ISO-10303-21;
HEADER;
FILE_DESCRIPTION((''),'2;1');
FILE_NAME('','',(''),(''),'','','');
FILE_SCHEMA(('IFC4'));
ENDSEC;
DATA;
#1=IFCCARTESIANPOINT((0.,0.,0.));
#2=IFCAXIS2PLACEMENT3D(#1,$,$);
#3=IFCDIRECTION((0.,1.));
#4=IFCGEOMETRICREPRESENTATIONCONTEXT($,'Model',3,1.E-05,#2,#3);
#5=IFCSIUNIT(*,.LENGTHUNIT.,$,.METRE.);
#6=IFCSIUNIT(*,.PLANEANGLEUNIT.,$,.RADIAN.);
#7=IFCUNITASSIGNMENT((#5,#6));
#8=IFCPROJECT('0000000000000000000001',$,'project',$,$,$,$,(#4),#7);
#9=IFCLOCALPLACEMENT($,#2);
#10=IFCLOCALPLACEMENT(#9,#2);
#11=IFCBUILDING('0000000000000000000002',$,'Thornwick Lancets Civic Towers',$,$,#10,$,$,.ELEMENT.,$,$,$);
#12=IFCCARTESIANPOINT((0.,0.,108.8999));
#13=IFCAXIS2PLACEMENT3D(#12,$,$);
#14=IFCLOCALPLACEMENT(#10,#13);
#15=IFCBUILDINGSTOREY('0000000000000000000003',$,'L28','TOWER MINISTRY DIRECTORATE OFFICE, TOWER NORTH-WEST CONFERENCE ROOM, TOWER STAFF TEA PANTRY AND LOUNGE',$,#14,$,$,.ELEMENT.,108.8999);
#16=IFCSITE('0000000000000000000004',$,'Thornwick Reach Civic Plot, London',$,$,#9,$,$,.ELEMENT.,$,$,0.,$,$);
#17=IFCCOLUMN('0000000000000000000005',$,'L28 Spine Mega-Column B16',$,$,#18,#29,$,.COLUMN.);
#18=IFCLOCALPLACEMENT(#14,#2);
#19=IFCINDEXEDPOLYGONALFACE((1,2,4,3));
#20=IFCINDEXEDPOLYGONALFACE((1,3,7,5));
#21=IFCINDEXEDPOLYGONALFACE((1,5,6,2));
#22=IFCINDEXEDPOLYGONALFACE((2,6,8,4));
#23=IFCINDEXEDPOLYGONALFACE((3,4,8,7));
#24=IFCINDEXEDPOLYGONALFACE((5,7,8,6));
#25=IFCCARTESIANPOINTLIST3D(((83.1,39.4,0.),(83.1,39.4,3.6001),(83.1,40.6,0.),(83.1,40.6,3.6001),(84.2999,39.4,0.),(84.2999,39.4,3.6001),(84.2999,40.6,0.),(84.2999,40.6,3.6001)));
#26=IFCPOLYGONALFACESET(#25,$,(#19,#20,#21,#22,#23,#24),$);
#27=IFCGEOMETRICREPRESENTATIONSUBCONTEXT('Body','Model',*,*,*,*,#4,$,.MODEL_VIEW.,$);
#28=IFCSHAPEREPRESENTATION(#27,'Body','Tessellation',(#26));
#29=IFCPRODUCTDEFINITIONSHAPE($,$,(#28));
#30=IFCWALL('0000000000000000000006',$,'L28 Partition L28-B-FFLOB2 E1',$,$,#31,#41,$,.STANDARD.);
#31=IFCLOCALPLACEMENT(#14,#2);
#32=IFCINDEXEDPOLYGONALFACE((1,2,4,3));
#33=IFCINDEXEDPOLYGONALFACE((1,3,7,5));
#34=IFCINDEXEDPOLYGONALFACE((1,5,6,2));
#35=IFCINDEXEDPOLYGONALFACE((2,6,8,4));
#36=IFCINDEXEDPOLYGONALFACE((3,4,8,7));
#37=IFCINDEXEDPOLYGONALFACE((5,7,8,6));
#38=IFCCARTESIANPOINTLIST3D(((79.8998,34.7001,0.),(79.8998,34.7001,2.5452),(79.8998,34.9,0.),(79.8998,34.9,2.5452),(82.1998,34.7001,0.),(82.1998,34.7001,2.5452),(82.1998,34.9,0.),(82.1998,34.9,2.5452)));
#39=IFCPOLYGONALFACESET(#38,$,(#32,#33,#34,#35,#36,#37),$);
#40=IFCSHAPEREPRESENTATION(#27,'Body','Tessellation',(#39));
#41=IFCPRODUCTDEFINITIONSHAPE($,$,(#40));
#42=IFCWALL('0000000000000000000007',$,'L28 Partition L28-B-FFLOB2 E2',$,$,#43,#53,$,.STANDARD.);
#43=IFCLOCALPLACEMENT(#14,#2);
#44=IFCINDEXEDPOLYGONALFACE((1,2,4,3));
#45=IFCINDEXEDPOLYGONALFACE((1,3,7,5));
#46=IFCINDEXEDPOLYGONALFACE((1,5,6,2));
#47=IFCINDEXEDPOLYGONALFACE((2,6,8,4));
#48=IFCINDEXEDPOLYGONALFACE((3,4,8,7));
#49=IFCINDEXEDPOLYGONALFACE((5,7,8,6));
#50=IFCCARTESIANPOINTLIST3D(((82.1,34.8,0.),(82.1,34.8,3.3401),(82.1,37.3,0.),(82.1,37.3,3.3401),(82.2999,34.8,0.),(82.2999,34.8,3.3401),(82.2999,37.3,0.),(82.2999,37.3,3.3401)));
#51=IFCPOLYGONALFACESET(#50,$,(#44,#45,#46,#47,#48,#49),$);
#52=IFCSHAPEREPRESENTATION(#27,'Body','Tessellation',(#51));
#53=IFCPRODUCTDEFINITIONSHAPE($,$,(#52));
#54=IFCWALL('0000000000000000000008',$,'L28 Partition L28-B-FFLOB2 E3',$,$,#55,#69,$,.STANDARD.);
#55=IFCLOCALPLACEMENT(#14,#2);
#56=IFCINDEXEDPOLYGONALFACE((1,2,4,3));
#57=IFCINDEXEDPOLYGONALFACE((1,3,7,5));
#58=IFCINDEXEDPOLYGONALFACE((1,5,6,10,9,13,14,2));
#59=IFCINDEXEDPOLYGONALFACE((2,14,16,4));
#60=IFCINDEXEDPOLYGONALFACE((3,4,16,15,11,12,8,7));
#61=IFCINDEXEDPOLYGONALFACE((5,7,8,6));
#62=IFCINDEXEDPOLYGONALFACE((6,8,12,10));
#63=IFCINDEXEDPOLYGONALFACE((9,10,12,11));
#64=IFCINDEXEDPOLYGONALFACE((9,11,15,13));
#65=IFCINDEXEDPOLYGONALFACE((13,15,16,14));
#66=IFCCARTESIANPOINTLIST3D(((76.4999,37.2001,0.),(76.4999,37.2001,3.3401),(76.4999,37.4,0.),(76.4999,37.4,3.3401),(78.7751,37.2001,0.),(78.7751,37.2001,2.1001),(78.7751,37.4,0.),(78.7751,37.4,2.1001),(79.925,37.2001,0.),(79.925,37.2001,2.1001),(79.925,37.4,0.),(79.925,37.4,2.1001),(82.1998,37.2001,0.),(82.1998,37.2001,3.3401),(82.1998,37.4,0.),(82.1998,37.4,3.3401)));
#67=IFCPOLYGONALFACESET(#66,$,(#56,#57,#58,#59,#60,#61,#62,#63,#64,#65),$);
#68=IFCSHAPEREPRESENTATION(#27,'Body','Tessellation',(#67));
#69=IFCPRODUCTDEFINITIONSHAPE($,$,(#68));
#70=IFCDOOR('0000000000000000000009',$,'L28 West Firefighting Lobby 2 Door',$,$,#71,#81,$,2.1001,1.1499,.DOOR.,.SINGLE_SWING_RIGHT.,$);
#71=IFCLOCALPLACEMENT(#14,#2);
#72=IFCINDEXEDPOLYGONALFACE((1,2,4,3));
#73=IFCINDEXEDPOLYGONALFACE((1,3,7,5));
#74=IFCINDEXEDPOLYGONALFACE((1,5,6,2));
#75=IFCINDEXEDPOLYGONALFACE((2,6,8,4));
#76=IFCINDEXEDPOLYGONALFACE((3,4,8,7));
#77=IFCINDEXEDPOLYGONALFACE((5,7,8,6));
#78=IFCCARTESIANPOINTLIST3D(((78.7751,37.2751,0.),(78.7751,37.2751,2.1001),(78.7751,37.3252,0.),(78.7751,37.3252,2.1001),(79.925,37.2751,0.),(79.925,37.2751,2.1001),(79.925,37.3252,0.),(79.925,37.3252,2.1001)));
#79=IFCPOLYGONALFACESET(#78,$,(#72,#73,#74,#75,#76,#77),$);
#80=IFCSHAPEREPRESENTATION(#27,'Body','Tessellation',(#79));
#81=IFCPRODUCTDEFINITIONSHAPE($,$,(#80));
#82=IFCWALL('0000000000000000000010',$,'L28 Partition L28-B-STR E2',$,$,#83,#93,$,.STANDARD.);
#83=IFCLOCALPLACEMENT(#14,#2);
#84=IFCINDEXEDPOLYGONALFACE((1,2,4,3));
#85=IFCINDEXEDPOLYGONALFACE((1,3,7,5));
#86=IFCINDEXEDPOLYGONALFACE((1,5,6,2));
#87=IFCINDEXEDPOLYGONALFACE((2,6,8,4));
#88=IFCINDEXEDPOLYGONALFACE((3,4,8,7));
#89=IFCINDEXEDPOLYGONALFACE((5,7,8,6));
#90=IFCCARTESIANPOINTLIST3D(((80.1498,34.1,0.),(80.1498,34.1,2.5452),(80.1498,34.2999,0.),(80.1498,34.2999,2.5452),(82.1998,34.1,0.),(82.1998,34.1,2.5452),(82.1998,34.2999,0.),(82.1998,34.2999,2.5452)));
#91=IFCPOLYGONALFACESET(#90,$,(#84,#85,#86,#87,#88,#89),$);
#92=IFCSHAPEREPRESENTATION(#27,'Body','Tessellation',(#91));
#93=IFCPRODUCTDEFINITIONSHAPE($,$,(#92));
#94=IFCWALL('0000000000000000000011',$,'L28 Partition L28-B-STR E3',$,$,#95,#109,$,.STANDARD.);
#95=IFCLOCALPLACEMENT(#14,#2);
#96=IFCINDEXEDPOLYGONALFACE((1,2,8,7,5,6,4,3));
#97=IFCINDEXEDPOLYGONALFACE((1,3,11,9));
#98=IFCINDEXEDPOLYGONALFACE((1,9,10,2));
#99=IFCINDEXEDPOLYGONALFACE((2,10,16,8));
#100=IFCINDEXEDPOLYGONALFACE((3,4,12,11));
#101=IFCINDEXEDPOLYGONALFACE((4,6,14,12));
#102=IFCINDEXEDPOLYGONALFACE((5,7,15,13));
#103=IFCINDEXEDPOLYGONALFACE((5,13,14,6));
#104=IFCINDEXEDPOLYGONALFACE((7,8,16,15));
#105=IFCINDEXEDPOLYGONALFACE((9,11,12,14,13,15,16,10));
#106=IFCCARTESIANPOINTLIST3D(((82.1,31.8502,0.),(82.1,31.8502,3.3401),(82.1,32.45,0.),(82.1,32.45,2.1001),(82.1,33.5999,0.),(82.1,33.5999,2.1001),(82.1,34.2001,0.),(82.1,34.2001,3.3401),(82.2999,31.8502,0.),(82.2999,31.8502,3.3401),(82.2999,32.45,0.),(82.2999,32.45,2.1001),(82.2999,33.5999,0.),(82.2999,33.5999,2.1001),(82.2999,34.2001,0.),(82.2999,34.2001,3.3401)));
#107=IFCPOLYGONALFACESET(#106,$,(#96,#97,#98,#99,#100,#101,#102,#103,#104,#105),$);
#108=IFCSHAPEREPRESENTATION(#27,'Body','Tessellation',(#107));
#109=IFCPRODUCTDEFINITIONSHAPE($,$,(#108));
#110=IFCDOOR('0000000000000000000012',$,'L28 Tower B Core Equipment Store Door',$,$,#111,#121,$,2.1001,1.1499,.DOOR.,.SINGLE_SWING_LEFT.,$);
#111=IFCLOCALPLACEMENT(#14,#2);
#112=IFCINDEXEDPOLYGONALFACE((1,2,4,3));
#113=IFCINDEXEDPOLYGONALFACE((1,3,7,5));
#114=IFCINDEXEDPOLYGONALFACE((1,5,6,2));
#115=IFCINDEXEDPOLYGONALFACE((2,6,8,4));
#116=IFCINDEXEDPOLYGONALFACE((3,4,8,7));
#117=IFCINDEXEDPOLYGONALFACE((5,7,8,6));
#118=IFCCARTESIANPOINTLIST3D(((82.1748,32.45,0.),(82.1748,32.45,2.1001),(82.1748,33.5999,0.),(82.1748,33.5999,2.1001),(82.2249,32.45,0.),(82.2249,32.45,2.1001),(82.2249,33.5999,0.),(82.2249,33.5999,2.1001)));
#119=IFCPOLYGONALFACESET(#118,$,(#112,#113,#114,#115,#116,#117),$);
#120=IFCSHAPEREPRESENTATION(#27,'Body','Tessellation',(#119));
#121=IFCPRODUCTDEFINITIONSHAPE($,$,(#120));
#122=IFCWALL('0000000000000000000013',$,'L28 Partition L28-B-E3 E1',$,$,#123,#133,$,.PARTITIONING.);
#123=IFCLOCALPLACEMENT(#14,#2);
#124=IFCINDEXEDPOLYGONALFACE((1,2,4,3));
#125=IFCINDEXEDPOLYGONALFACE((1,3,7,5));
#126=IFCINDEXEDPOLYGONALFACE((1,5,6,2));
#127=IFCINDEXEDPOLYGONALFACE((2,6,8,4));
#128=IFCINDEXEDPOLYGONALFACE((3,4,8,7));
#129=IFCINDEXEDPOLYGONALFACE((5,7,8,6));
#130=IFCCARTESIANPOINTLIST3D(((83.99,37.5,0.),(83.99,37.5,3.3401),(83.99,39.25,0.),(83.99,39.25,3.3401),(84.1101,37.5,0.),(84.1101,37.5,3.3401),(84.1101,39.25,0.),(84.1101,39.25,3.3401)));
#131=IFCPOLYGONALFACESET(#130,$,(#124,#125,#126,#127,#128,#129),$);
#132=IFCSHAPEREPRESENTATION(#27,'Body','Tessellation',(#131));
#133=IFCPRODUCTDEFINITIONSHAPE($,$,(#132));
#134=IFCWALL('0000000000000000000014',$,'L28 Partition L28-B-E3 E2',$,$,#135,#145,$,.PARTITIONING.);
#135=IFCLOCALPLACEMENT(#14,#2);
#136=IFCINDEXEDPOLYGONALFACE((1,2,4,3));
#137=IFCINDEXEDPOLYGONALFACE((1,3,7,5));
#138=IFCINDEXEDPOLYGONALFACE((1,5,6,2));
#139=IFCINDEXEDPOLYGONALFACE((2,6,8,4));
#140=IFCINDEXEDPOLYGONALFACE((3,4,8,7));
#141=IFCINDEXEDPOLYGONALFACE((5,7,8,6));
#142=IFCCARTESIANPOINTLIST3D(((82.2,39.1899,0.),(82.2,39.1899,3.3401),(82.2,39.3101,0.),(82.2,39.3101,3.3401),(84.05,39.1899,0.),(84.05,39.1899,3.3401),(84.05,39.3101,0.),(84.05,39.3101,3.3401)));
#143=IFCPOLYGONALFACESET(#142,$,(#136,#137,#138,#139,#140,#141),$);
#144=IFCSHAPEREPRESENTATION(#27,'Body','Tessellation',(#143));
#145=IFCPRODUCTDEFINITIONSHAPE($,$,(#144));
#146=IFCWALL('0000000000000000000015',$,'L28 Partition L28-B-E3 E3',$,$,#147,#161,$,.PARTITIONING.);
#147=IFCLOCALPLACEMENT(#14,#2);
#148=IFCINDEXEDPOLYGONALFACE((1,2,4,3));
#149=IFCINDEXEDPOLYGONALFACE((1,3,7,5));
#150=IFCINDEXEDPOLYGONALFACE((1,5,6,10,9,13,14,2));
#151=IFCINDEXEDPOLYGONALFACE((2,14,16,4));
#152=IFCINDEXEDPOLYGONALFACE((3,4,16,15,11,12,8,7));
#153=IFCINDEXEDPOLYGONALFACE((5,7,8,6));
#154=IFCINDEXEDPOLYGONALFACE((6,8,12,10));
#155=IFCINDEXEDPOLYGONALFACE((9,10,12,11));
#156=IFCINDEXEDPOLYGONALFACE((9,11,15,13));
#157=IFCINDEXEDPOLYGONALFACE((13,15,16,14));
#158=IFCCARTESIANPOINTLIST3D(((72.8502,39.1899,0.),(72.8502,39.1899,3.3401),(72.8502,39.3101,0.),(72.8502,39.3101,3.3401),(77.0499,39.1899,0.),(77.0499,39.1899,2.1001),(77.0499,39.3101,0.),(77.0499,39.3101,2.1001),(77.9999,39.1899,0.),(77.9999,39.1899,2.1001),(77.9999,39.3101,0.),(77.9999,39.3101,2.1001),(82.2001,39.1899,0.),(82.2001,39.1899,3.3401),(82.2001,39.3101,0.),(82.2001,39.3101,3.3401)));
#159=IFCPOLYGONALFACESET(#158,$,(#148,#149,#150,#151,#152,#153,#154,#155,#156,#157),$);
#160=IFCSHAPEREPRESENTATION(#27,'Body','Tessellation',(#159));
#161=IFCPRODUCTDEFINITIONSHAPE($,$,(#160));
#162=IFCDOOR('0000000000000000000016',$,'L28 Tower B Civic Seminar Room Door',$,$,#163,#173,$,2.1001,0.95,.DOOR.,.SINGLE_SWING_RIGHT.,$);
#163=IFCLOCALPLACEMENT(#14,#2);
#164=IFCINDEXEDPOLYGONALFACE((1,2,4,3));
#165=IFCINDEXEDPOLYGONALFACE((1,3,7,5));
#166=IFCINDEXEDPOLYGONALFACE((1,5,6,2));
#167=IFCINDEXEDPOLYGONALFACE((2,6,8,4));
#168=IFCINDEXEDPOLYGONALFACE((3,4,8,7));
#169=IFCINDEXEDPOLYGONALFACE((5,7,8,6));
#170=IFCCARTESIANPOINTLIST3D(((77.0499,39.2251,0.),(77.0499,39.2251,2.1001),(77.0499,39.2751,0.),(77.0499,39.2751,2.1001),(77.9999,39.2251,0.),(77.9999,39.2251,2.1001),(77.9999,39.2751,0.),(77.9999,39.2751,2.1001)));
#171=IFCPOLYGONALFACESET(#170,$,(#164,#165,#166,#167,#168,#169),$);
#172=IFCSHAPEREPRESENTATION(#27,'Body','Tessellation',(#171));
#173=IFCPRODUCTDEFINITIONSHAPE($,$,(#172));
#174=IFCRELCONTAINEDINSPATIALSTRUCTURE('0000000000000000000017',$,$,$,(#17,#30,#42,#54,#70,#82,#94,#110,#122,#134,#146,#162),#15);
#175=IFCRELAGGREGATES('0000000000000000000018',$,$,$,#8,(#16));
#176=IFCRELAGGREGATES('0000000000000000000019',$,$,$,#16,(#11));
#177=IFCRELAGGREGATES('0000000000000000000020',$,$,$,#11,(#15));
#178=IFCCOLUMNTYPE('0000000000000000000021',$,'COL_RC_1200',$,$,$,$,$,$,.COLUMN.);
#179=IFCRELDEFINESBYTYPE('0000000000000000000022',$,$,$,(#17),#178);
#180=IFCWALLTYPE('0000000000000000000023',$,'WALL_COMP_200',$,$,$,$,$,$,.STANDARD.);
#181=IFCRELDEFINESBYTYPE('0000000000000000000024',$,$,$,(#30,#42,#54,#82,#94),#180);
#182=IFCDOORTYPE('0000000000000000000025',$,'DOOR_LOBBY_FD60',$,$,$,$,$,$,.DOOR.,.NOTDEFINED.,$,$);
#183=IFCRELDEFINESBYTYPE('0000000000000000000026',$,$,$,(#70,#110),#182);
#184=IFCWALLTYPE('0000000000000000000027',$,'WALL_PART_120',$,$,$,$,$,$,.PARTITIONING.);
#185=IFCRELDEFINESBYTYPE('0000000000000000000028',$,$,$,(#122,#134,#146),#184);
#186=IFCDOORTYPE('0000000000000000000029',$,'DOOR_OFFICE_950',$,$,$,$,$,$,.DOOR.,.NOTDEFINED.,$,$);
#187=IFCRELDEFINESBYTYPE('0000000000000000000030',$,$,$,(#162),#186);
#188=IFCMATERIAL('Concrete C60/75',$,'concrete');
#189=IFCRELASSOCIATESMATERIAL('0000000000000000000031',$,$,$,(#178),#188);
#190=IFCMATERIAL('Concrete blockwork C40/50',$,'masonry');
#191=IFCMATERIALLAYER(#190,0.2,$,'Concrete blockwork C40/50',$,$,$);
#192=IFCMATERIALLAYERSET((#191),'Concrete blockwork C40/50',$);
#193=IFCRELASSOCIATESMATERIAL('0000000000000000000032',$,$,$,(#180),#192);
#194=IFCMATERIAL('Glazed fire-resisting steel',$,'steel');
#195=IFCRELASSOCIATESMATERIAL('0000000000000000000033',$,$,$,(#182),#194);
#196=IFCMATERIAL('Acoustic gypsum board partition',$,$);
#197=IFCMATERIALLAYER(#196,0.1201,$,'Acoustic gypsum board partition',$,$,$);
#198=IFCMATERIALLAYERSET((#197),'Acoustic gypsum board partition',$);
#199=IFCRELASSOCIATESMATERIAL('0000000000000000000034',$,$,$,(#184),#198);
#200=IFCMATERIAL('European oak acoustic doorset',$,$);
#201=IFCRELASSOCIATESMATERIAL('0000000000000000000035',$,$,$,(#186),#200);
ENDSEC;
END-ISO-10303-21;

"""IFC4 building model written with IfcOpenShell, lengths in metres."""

from ifc_helpers import new_model, si_unit, direction, frame, frame_2d, origin, origin_2d, place, context, subcontext, project, spatial, rectangle, extrude, material, layer, layer_set, material_profile, profile_set, type_object, element, fill, save


model = new_model("IFC4")

# Units and contexts
model_context = context("Model", 3, precision=1e-05, world=origin(), true_north=direction((0.0, 1.0)))
body_context = subcontext(model_context, "Body", "Model", "MODEL_VIEW")
ifc_project = project(units=[si_unit("LENGTHUNIT", "METRE"), si_unit("PLANEANGLEUNIT", "RADIAN")], contexts=[model_context])

# Site, building, storey
site_placement = place(None, origin())
site = spatial("IfcSite", under=ifc_project, at=site_placement, Name="Thornwick Reach Civic Plot, London", CompositionType="ELEMENT", RefElevation=0.0)
building_placement = place(site_placement, origin())
building = spatial("IfcBuilding", under=site, at=building_placement, Name="Thornwick Lancets Civic Towers", CompositionType="ELEMENT")
storey_placement = place(building_placement, frame((0.0, 0.0, 108.8999)))
storey = spatial("IfcBuildingStorey", under=building, at=storey_placement, Name="L28", Description="TOWER MINISTRY DIRECTORATE OFFICE, TOWER NORTH-WEST CONFERENCE ROOM, TOWER STAFF TEA PANTRY AND LOUNGE", CompositionType="ELEMENT", Elevation=108.8999)

# Column
ifc_material_1 = material(Name="Concrete C60/75", Category="concrete")
ifc_material_profile = material_profile(ifc_material_1, rectangle(XDim=1.2, YDim=1.2, at=origin_2d()), Name="RC 1200x1200")
ifc_profile_set = profile_set([ifc_material_profile], Name="Concrete C60/75")
column_type = type_object("IfcColumnType", Name="COL_RC_1200", PredefinedType="COLUMN", material=ifc_profile_set)
column_placement = place(storey_placement, frame((83.7, 40.0, 0.0), z_axis=(0.0, 0.0, 1.0), x_axis=(1.0, 0.0, 0.0)))
element("IfcColumn", 1, at=column_placement, inside=storey, type_object=column_type, Name="L28 Spine Mega-Column B16", PredefinedType="COLUMN", context=body_context, shape_type="SweptSolid", body=[
    extrude(rectangle(XDim=1.2, YDim=1.2, at=origin_2d()), origin(), (0.0, 0.0, 1.0), 3.6001),
])

# Walls
ifc_material_2 = material(Name="Concrete blockwork C40/50", Category="masonry")
ifc_layer_1 = layer(ifc_material_2, 0.2, Name="Concrete blockwork C40/50")
ifc_layer_set_1 = layer_set([ifc_layer_1], Name="Concrete blockwork C40/50")
wall_type_1 = type_object("IfcWallType", Name="WALL_COMP_200", PredefinedType="STANDARD", material=ifc_layer_set_1)
wall_1_placement = place(storey_placement, frame((79.8999, 34.8, 0.0), z_axis=(0.0, 0.0, 1.0), x_axis=(1.0, 0.0, 0.0)))
element("IfcWall", 2, at=wall_1_placement, inside=storey, type_object=wall_type_1, Name="L28 Partition L28-B-FFLOB2 E1", PredefinedType="STANDARD", context=body_context, shape_type="SweptSolid", body=[
    extrude(rectangle(XDim=2.3, YDim=0.2, at=frame_2d((1.1499, 0.0))), origin(), (0.0, 0.0, 1.0), 2.5452),
])
wall_2_placement = place(storey_placement, frame((82.2, 34.8, 0.0), z_axis=(0.0, 0.0, 1.0), x_axis=(0.0, 1.0, 0.0)))
element("IfcWall", 3, at=wall_2_placement, inside=storey, type_object=wall_type_1, Name="L28 Partition L28-B-FFLOB2 E2", PredefinedType="STANDARD", context=body_context, shape_type="SweptSolid", body=[
    extrude(rectangle(XDim=2.5, YDim=0.2, at=frame_2d((1.25, 0.0))), origin(), (0.0, 0.0, 1.0), 3.3401),
])

# Wall, opening, door
wall_3_placement = place(storey_placement, frame((82.2, 37.3, 0.0), z_axis=(0.0, 0.0, 1.0), x_axis=(-1.0, 0.0, 0.0)))
wall_3 = element("IfcWall", 4, at=wall_3_placement, inside=storey, type_object=wall_type_1, Name="L28 Partition L28-B-FFLOB2 E3", PredefinedType="STANDARD", context=body_context, shape_type="SweptSolid", body=[
    extrude(rectangle(XDim=5.7, YDim=0.2, at=frame_2d((2.8501, 0.0))), origin(), (0.0, 0.0, 1.0), 3.3401),
])
opening_1_placement = place(wall_3_placement, frame((2.2749, 0.0, 0.0)))
opening_1 = element("IfcOpeningElement", 5, at=opening_1_placement, cuts=wall_3, PredefinedType="OPENING", context=body_context, shape_type="SweptSolid", body=[
    extrude(rectangle(XDim=1.1499, YDim=2.1001, at=frame_2d((0.575, 1.05))), frame((0.0, 0.1099, 0.0), z_axis=(0.0, -1.0, 0.0), x_axis=(1.0, 0.0, 0.0)), (0.0, 0.0, 1.0), 0.22),
])
ifc_material_3 = material(Name="Glazed fire-resisting steel", Category="steel")
door_type_1 = type_object("IfcDoorType", Name="DOOR_LOBBY_FD60", OperationType="NOTDEFINED", PredefinedType="DOOR", material=ifc_material_3)
door_1_placement = place(opening_1_placement, origin())
door_1 = element("IfcDoor", 6, at=door_1_placement, inside=storey, type_object=door_type_1, Name="L28 West Firefighting Lobby 2 Door", OperationType="SINGLE_SWING_RIGHT", OverallHeight=2.1001, OverallWidth=1.1499, PredefinedType="DOOR", context=body_context, shape_type="SweptSolid", body=[
    extrude(rectangle(XDim=1.1499, YDim=2.1001, at=frame_2d((0.575, 1.05))), frame((0.0, 0.0249, 0.0), z_axis=(0.0, -1.0, 0.0), x_axis=(1.0, 0.0, 0.0)), (0.0, 0.0, 1.0), 0.05),
])
fill(opening_1, door_1)

# Wall
wall_4_placement = place(storey_placement, frame((80.1499, 34.2, 0.0), z_axis=(0.0, 0.0, 1.0), x_axis=(1.0, 0.0, 0.0)))
element("IfcWall", 7, at=wall_4_placement, inside=storey, type_object=wall_type_1, Name="L28 Partition L28-B-STR E2", PredefinedType="STANDARD", context=body_context, shape_type="SweptSolid", body=[
    extrude(rectangle(XDim=2.05, YDim=0.2, at=frame_2d((1.0249, 0.0))), origin(), (0.0, 0.0, 1.0), 2.5452),
])

# Wall, opening, door
wall_5_placement = place(storey_placement, frame((82.2, 34.2, 0.0), z_axis=(0.0, 0.0, 1.0), x_axis=(0.0, -1.0, 0.0)))
wall_5 = element("IfcWall", 8, at=wall_5_placement, inside=storey, type_object=wall_type_1, Name="L28 Partition L28-B-STR E3", PredefinedType="STANDARD", context=body_context, shape_type="SweptSolid", body=[
    extrude(rectangle(XDim=2.3499, YDim=0.2, at=frame_2d((1.1748, 0.0))), origin(), (0.0, 0.0, 1.0), 3.3401),
])
opening_2_placement = place(wall_5_placement, frame((0.6001, 0.0, 0.0)))
opening_2 = element("IfcOpeningElement", 9, at=opening_2_placement, cuts=wall_5, PredefinedType="OPENING", context=body_context, shape_type="SweptSolid", body=[
    extrude(rectangle(XDim=1.1499, YDim=2.1001, at=frame_2d((0.575, 1.05))), frame((0.0, 0.1099, 0.0), z_axis=(0.0, -1.0, 0.0), x_axis=(1.0, 0.0, 0.0)), (0.0, 0.0, 1.0), 0.22),
])
door_2_placement = place(opening_2_placement, origin())
door_2 = element("IfcDoor", 10, at=door_2_placement, inside=storey, type_object=door_type_1, Name="L28 Tower B Core Equipment Store Door", OperationType="SINGLE_SWING_LEFT", OverallHeight=2.1001, OverallWidth=1.1499, PredefinedType="DOOR", context=body_context, shape_type="SweptSolid", body=[
    extrude(rectangle(XDim=1.1499, YDim=2.1001, at=frame_2d((0.575, 1.05))), frame((0.0, 0.0249, 0.0), z_axis=(0.0, -1.0, 0.0), x_axis=(1.0, 0.0, 0.0)), (0.0, 0.0, 1.0), 0.05),
])
fill(opening_2, door_2)

# Walls
ifc_material_4 = material(Name="Acoustic gypsum board partition")
ifc_layer_2 = layer(ifc_material_4, 0.1201, Name="Acoustic gypsum board partition")
ifc_layer_set_2 = layer_set([ifc_layer_2], Name="Acoustic gypsum board partition")
wall_type_2 = type_object("IfcWallType", Name="WALL_PART_120", PredefinedType="PARTITIONING", material=ifc_layer_set_2)
wall_6_placement = place(storey_placement, frame((84.05, 37.5, 0.0), z_axis=(0.0, 0.0, 1.0), x_axis=(0.0, 1.0, 0.0)))
element("IfcWall", 11, at=wall_6_placement, inside=storey, type_object=wall_type_2, Name="L28 Partition L28-B-E3 E1", PredefinedType="PARTITIONING", context=body_context, shape_type="SweptSolid", body=[
    extrude(rectangle(XDim=1.75, YDim=0.1201, at=frame_2d((0.875, 0.0))), origin(), (0.0, 0.0, 1.0), 3.3401),
])
wall_7_placement = place(storey_placement, frame((84.05, 39.25, 0.0), z_axis=(0.0, 0.0, 1.0), x_axis=(-1.0, 0.0, 0.0)))
element("IfcWall", 12, at=wall_7_placement, inside=storey, type_object=wall_type_2, Name="L28 Partition L28-B-E3 E2", PredefinedType="PARTITIONING", context=body_context, shape_type="SweptSolid", body=[
    extrude(rectangle(XDim=1.8501, YDim=0.1201, at=frame_2d((0.925, 0.0))), origin(), (0.0, 0.0, 1.0), 3.3401),
])

# Wall, opening, door
wall_8_placement = place(storey_placement, frame((82.2, 39.25, 0.0), z_axis=(0.0, 0.0, 1.0), x_axis=(-1.0, 0.0, 0.0)))
wall_8 = element("IfcWall", 13, at=wall_8_placement, inside=storey, type_object=wall_type_2, Name="L28 Partition L28-B-E3 E3", PredefinedType="PARTITIONING", context=body_context, shape_type="SweptSolid", body=[
    extrude(rectangle(XDim=9.3499, YDim=0.1201, at=frame_2d((4.6748, 0.0))), origin(), (0.0, 0.0, 1.0), 3.3401),
])
opening_3_placement = place(wall_8_placement, frame((4.2, 0.0, 0.0)))
opening_3 = element("IfcOpeningElement", 14, at=opening_3_placement, cuts=wall_8, PredefinedType="OPENING", context=body_context, shape_type="SweptSolid", body=[
    extrude(rectangle(XDim=0.95, YDim=2.1001, at=frame_2d((0.4751, 1.05))), frame((0.0, 0.0701, 0.0), z_axis=(0.0, -1.0, 0.0), x_axis=(1.0, 0.0, 0.0)), (0.0, 0.0, 1.0), 0.1401),
])
ifc_material_5 = material(Name="European oak acoustic doorset")
door_type_2 = type_object("IfcDoorType", Name="DOOR_OFFICE_950", OperationType="NOTDEFINED", PredefinedType="DOOR", material=ifc_material_5)
door_3_placement = place(opening_3_placement, origin())
door_3 = element("IfcDoor", 15, at=door_3_placement, inside=storey, type_object=door_type_2, Name="L28 Tower B Civic Seminar Room Door", OperationType="SINGLE_SWING_RIGHT", OverallHeight=2.1001, OverallWidth=0.95, PredefinedType="DOOR", context=body_context, shape_type="SweptSolid", body=[
    extrude(rectangle(XDim=0.95, YDim=2.1001, at=frame_2d((0.4751, 1.05))), frame((0.0, 0.0249, 0.0), z_axis=(0.0, -1.0, 0.0), x_axis=(1.0, 0.0, 0.0)), (0.0, 0.0, 1.0), 0.05),
])
fill(opening_3, door_3)

save(model, "model.ifc")
